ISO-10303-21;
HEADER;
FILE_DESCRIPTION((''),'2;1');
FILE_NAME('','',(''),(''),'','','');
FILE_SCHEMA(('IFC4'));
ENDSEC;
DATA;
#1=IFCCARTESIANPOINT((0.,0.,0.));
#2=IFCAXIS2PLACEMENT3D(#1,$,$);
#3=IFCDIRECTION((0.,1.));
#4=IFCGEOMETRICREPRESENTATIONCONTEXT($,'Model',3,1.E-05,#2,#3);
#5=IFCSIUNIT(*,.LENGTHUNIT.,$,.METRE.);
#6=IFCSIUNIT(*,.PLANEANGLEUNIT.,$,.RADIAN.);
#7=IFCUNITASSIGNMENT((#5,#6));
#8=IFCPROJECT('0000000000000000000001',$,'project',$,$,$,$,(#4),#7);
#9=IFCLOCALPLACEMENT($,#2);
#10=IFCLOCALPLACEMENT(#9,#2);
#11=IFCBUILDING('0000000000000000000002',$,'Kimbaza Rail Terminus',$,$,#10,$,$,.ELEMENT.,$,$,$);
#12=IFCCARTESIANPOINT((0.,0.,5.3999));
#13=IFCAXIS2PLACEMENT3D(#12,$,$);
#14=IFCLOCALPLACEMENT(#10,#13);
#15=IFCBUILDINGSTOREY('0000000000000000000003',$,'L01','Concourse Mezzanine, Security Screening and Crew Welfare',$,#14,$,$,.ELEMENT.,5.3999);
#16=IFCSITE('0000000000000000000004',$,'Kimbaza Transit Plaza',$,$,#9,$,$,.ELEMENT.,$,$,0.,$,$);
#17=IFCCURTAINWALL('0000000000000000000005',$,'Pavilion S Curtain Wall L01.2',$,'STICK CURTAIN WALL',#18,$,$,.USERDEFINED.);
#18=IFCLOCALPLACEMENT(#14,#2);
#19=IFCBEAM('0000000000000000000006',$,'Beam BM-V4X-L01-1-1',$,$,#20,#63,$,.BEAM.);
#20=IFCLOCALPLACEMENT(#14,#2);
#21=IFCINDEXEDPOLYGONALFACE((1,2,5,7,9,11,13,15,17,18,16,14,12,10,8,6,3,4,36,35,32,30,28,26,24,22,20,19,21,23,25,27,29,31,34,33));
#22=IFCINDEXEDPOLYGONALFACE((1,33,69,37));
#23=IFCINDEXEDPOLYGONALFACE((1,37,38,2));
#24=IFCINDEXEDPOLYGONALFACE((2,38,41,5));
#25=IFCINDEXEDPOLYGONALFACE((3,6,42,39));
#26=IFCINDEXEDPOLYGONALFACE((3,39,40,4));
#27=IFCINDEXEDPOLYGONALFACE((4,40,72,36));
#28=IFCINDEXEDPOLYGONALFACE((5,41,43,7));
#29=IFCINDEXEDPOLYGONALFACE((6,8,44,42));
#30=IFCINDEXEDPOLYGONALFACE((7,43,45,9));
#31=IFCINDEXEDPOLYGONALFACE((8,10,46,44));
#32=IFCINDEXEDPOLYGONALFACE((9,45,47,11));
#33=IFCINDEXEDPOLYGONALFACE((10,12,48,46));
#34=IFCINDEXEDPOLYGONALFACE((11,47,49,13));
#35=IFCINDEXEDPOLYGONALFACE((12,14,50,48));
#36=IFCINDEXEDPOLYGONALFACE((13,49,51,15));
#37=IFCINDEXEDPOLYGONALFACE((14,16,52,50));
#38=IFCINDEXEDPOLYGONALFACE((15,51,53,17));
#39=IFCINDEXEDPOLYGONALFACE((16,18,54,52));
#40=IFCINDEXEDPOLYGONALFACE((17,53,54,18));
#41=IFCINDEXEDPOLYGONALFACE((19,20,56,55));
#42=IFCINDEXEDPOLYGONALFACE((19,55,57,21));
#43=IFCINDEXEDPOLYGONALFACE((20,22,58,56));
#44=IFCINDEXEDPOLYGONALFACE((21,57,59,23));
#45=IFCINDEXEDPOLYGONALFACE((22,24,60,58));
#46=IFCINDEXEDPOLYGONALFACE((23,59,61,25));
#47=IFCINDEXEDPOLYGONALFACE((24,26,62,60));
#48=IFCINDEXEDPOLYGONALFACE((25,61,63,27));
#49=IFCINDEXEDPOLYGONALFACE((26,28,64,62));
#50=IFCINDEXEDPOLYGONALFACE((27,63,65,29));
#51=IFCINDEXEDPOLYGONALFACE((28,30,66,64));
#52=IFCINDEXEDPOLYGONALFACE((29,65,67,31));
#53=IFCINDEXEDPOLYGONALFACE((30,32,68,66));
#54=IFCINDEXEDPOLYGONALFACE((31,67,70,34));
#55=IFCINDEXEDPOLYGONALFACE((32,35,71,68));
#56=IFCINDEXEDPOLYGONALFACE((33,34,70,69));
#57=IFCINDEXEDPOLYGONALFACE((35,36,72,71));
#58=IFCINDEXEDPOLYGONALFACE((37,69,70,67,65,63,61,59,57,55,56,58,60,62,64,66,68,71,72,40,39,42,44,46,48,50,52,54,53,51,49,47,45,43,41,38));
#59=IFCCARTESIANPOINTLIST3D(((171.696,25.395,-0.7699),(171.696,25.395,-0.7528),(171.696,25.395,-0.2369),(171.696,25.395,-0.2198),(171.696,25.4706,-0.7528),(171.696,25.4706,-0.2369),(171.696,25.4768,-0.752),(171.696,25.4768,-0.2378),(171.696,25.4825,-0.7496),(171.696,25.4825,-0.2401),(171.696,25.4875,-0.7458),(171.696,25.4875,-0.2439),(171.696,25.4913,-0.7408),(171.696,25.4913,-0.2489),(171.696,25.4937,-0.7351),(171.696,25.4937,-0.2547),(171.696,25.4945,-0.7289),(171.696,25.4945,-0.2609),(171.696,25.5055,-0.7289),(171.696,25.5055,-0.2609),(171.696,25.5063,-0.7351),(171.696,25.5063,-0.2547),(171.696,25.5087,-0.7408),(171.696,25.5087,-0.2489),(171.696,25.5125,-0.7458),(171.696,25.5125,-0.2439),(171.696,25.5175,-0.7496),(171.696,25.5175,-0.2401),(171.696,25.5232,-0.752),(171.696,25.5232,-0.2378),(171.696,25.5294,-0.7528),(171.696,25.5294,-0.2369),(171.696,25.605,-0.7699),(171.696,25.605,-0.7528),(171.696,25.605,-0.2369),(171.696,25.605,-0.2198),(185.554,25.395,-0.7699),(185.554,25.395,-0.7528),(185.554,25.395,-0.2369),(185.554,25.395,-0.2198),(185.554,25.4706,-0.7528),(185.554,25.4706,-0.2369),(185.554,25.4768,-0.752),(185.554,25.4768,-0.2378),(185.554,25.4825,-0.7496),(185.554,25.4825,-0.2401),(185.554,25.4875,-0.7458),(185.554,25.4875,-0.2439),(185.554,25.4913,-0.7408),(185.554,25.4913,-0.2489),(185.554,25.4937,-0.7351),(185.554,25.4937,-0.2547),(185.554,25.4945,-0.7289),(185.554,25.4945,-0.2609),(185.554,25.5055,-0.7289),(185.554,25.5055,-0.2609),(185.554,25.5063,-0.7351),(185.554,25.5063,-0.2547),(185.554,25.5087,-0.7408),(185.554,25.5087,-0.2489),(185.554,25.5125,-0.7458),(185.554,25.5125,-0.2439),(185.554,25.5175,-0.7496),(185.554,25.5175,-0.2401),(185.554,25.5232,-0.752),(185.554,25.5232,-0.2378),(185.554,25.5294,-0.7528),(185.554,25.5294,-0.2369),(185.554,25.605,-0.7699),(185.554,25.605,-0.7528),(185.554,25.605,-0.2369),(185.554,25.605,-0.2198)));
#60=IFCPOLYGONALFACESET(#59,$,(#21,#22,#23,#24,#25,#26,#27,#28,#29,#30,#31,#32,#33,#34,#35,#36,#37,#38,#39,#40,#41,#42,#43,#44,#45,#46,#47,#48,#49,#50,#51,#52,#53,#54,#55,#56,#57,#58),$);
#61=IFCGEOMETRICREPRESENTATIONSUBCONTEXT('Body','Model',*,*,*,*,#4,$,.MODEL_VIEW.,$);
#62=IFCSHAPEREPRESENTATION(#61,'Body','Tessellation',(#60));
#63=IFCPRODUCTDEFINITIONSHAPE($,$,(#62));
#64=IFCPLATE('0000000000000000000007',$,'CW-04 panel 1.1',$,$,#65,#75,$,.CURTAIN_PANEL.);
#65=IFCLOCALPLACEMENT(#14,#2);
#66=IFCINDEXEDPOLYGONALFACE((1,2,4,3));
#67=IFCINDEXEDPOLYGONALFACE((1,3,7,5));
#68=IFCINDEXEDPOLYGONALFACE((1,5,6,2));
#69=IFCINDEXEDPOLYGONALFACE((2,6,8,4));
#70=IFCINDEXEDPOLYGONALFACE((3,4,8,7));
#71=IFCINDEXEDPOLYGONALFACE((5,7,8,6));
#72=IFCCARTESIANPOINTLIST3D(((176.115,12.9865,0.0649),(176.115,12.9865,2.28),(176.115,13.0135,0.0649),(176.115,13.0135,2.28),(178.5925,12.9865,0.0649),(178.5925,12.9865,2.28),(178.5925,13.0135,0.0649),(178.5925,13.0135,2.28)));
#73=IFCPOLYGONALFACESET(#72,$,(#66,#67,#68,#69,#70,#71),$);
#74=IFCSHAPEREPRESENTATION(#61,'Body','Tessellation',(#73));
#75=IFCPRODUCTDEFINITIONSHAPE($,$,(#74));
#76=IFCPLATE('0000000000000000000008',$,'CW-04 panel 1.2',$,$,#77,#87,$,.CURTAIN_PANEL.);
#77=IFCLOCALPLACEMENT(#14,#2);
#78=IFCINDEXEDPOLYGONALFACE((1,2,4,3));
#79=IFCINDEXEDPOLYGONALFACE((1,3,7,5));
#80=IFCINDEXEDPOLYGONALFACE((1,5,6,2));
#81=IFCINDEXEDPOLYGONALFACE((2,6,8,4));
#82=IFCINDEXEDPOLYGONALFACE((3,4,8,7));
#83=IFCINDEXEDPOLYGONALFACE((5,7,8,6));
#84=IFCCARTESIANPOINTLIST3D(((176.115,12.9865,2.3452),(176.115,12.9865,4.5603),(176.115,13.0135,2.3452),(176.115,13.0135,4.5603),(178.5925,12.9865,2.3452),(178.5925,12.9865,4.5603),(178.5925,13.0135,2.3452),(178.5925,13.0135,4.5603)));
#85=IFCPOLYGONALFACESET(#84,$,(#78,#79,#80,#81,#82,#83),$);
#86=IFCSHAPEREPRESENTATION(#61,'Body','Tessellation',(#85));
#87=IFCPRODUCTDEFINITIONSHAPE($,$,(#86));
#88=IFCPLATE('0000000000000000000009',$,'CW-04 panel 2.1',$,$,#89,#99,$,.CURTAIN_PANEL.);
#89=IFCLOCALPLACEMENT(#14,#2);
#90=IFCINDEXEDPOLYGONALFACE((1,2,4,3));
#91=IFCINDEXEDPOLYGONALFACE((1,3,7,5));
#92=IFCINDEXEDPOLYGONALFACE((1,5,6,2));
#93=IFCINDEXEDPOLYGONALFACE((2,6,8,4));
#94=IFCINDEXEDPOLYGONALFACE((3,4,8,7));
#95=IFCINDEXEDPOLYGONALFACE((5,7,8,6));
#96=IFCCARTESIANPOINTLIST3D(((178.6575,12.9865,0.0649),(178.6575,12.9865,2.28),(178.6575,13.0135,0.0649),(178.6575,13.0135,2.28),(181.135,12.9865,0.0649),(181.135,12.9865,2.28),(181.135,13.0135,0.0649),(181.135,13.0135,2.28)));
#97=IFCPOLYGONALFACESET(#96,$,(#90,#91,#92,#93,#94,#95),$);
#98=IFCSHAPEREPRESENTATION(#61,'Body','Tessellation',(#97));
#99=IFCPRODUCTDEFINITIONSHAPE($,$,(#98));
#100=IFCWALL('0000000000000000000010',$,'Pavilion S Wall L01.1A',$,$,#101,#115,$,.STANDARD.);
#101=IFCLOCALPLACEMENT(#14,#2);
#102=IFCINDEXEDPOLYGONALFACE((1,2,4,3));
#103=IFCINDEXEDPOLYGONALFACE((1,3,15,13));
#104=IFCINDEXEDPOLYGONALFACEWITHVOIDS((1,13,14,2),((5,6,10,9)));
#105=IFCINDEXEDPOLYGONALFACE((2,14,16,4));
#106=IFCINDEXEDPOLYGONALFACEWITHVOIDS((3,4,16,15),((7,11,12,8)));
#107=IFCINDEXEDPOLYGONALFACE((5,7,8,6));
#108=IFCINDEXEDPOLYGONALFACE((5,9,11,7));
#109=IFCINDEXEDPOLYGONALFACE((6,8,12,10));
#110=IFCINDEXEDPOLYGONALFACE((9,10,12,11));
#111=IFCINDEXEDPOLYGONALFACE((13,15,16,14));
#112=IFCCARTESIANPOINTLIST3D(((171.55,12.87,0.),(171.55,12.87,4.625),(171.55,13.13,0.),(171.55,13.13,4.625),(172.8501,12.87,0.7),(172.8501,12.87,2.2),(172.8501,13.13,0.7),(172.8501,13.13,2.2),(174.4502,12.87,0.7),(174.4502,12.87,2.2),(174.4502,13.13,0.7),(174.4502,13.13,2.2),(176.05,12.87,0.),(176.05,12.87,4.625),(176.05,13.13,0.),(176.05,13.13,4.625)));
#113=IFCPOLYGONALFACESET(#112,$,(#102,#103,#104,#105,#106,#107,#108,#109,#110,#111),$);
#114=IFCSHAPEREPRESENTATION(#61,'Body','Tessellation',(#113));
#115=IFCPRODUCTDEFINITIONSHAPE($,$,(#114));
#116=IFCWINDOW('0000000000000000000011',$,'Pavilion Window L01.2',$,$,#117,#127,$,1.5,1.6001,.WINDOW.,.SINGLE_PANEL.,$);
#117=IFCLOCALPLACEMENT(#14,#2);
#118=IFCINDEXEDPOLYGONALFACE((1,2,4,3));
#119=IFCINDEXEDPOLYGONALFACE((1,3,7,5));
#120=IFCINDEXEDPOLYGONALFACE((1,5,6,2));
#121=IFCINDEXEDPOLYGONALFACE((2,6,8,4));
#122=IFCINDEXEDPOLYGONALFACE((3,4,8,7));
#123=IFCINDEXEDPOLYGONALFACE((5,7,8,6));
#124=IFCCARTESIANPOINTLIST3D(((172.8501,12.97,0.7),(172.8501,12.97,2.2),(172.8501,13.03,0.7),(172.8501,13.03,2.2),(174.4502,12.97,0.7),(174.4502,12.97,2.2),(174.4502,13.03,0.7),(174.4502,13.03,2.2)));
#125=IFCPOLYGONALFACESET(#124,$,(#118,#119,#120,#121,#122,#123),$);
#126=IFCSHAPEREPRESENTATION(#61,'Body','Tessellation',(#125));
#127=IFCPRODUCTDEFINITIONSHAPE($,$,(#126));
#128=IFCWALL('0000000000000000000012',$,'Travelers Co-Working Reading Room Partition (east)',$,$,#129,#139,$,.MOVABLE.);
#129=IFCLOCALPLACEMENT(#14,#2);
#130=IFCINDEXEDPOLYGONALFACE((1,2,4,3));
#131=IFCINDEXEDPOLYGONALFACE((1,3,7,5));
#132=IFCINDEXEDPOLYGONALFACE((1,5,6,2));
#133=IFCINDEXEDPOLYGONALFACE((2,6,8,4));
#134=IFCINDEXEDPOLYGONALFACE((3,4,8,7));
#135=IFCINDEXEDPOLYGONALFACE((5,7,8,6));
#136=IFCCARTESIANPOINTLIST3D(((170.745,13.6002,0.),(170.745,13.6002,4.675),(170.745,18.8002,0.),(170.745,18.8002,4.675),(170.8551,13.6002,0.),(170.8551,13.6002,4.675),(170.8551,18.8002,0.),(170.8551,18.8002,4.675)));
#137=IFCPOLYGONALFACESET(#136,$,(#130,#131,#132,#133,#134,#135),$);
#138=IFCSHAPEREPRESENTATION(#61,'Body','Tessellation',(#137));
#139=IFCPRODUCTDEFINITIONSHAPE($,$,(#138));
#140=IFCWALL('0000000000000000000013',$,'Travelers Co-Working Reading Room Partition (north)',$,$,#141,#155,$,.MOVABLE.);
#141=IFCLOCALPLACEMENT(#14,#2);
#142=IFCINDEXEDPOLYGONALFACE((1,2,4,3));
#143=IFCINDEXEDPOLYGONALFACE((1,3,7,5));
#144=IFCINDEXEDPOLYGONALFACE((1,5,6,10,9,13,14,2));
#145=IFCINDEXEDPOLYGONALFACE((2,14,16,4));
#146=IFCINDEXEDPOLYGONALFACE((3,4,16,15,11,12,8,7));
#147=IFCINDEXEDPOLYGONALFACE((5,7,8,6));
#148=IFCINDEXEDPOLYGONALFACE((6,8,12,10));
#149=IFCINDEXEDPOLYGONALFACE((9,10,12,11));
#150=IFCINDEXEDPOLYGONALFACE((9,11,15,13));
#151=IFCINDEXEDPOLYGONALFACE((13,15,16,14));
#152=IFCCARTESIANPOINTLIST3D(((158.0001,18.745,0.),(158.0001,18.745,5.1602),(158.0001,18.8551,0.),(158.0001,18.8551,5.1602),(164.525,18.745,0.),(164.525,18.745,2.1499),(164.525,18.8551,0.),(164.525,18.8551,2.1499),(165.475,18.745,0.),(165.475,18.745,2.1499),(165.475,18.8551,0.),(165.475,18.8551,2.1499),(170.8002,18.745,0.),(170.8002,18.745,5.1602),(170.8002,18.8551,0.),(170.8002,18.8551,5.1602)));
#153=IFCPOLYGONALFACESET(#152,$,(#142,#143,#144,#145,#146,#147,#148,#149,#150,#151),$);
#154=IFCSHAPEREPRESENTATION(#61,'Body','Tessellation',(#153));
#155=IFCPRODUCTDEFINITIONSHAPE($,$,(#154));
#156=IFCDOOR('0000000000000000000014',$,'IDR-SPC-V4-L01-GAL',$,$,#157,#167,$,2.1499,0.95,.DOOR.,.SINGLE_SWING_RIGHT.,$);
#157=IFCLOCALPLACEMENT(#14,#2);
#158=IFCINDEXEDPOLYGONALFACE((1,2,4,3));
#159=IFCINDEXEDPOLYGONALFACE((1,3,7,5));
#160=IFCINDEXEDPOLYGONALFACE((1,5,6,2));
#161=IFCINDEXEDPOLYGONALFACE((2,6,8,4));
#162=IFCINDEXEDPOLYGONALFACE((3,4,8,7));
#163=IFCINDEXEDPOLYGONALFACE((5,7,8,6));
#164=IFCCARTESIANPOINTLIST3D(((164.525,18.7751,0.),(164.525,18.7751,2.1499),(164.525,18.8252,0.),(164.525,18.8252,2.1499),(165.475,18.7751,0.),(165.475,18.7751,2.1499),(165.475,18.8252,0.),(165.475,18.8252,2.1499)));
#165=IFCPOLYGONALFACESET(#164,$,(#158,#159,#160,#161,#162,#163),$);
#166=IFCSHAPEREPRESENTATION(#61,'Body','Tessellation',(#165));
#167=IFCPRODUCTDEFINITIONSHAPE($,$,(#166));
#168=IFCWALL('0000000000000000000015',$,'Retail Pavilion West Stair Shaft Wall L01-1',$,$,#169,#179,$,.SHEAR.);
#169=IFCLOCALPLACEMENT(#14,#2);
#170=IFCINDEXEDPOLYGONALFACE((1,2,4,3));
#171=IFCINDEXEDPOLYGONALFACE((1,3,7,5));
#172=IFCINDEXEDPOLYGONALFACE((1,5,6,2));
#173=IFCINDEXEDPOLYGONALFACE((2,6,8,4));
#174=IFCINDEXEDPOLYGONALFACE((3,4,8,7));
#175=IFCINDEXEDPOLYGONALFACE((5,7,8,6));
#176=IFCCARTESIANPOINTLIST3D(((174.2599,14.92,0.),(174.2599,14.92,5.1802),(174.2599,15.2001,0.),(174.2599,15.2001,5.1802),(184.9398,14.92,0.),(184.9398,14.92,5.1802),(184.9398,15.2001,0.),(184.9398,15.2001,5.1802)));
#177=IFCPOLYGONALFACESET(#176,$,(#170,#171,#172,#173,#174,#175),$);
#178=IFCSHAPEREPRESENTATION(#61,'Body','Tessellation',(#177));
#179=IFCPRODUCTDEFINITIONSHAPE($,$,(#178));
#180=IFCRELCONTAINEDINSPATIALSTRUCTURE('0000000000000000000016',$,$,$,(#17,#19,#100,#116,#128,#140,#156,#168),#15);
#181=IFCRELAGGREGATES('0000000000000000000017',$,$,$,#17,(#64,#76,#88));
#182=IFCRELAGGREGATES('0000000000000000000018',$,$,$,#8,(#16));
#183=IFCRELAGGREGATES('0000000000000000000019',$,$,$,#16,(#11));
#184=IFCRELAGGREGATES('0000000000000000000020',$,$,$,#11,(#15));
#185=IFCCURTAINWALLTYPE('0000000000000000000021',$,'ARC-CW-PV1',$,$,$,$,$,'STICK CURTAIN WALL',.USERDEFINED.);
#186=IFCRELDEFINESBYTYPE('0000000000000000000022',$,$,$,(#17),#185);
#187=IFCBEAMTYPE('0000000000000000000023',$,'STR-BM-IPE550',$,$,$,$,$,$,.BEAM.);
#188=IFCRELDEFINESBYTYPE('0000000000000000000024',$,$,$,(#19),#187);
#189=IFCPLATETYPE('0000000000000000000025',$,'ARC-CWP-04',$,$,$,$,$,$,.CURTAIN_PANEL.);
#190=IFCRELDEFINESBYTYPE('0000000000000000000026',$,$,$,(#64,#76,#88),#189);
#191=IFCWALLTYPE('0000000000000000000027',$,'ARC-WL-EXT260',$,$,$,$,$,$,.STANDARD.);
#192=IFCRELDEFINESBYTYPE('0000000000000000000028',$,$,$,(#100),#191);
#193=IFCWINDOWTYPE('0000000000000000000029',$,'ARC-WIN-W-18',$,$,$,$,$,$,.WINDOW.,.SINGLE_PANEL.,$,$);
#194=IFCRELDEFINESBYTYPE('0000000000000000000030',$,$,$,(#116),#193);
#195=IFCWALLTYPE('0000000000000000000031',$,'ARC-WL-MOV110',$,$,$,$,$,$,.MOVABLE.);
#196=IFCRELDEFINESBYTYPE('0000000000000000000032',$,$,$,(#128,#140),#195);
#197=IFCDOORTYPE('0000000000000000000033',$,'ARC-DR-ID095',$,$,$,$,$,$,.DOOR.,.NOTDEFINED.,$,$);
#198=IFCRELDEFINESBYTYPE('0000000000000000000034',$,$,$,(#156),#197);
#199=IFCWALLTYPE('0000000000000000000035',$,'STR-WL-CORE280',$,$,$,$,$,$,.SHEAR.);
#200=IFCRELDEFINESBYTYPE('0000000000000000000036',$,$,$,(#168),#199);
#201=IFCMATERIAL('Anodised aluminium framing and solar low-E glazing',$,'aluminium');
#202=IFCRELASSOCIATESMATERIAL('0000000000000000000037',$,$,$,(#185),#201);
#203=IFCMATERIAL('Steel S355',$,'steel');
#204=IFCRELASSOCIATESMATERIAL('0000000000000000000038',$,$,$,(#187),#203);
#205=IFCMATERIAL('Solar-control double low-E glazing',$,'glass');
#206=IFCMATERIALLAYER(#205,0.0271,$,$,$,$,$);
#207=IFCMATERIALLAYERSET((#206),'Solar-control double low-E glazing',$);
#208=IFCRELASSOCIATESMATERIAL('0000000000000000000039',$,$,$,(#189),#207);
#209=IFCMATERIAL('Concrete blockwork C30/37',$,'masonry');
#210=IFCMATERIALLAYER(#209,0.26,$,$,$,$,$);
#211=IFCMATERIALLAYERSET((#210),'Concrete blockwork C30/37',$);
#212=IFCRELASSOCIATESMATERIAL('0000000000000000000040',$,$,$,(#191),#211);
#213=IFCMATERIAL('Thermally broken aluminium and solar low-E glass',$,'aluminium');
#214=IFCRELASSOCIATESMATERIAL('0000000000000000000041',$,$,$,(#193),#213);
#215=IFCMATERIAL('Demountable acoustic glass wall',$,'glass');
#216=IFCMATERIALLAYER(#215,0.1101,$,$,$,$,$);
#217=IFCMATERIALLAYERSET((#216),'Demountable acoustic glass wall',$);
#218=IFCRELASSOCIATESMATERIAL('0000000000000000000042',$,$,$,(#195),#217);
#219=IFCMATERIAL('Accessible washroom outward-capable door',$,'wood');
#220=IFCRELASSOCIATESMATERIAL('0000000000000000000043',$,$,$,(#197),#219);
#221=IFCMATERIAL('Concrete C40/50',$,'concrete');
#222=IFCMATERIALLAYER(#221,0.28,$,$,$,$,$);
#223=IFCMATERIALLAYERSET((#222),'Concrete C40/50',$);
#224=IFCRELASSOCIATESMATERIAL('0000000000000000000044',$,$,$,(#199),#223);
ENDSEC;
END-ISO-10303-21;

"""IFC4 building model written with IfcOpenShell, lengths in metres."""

from ifc_helpers import new_model, si_unit, direction, frame, frame_2d, origin, origin_2d, place, context, subcontext, project, spatial, rectangle, i_section, extrude, material, layer, layer_set, material_profile, profile_set, type_object, element, fill, aggregate, save


model = new_model("IFC4")

# Units and contexts
model_context = context("Model", 3, precision=1e-05, world=origin(), true_north=direction((0.0, 1.0)))
body_context = subcontext(model_context, "Body", "Model", "MODEL_VIEW")
ifc_project = project(units=[si_unit("LENGTHUNIT", "METRE"), si_unit("PLANEANGLEUNIT", "RADIAN")], contexts=[model_context])

# Site, building, storey
site_placement = place(None, origin())
site = spatial("IfcSite", under=ifc_project, at=site_placement, Name="Kimbaza Transit Plaza", CompositionType="ELEMENT", RefElevation=0.0)
building_placement = place(site_placement, origin())
building = spatial("IfcBuilding", under=site, at=building_placement, Name="Kimbaza Rail Terminus", CompositionType="ELEMENT")
storey_placement = place(building_placement, frame((0.0, 0.0, 5.3999)))
storey = spatial("IfcBuildingStorey", under=building, at=storey_placement, Name="L01", Description="Concourse Mezzanine, Security Screening and Crew Welfare", CompositionType="ELEMENT", Elevation=5.3999)

# Curtain wall
ifc_material_1 = material(Name="Anodised aluminium framing and solar low-E glazing", Category="aluminium")
curtain_wall_type = type_object("IfcCurtainWallType", Name="ARC-CW-PV1", ElementType="STICK CURTAIN WALL", PredefinedType="USERDEFINED", material=ifc_material_1)
curtain_wall_placement = place(storey_placement, origin())
curtain_wall = element("IfcCurtainWall", 1, at=curtain_wall_placement, inside=storey, type_object=curtain_wall_type, Name="Pavilion S Curtain Wall L01.2", ObjectType="STICK CURTAIN WALL", PredefinedType="USERDEFINED")

# Beam
ifc_material_2 = material(Name="Steel S355", Category="steel")
ifc_material_profile_1 = material_profile(ifc_material_2, i_section(OverallWidth=0.21, OverallDepth=0.55, WebThickness=0.011, FlangeThickness=0.0171, FilletRadius=0.0239, at=origin_2d()), Name="IPE 550")
ifc_profile_set_1 = profile_set([ifc_material_profile_1], Name="Steel S355")
beam_type_1 = type_object("IfcBeamType", Name="STR-BM-IPE550", PredefinedType="BEAM", material=ifc_profile_set_1)
for number, where, z_axis, x_axis, name in (
    (2, (171.696, 25.5, -0.4949), (1.0, 0.0, 0.0), (0.0, 1.0, 0.0), "Beam BM-V4X-L01-1-1"),
):
    element("IfcBeam", number, at=place(storey_placement, frame(where, z_axis=z_axis, x_axis=x_axis)), inside=storey, type_object=beam_type_1, Name=name, PredefinedType="BEAM", context=body_context, shape_type="SweptSolid", body=[
        extrude(i_section(OverallWidth=0.21, OverallDepth=0.55, WebThickness=0.011, FlangeThickness=0.0171, FilletRadius=0.0239, at=origin_2d()), origin(), (0.0, 0.0, 1.0), 13.8579),
    ])

# Plates
ifc_material_3 = material(Name="Solar-control double low-E glazing", Category="glass")
ifc_layer_1 = layer(ifc_material_3, 0.0271)
ifc_layer_set_1 = layer_set([ifc_layer_1], Name="Solar-control double low-E glazing")
plate_type = type_object("IfcPlateType", Name="ARC-CWP-04", PredefinedType="CURTAIN_PANEL", material=ifc_layer_set_1)
plate_1_placement = place(storey_placement, frame((177.3538, 13.0, 0.0649), z_axis=(0.0, 0.0, 1.0), x_axis=(1.0, 0.0, 0.0)))
plate_1 = element("IfcPlate", 3, at=plate_1_placement, type_object=plate_type, Name="CW-04 panel 1.1", PredefinedType="CURTAIN_PANEL", context=body_context, shape_type="SweptSolid", body=[
    extrude(rectangle(XDim=2.4775, YDim=0.0271, at=origin_2d()), origin(), (0.0, 0.0, 1.0), 2.2151),
])
plate_2_placement = place(storey_placement, frame((177.3538, 13.0, 2.3452), z_axis=(0.0, 0.0, 1.0), x_axis=(1.0, 0.0, 0.0)))
plate_2 = element("IfcPlate", 4, at=plate_2_placement, type_object=plate_type, Name="CW-04 panel 1.2", PredefinedType="CURTAIN_PANEL", context=body_context, shape_type="SweptSolid", body=[
    extrude(rectangle(XDim=2.4775, YDim=0.0271, at=origin_2d()), origin(), (0.0, 0.0, 1.0), 2.2151),
])
plate_3_placement = place(storey_placement, frame((179.8962, 13.0, 0.0649), z_axis=(0.0, 0.0, 1.0), x_axis=(1.0, 0.0, 0.0)))
plate_3 = element("IfcPlate", 5, at=plate_3_placement, type_object=plate_type, Name="CW-04 panel 2.1", PredefinedType="CURTAIN_PANEL", context=body_context, shape_type="SweptSolid", body=[
    extrude(rectangle(XDim=2.4775, YDim=0.0271, at=origin_2d()), origin(), (0.0, 0.0, 1.0), 2.2151),
])
aggregate(curtain_wall, [plate_1, plate_2, plate_3])

# Wall, opening, window
ifc_material_4 = material(Name="Concrete blockwork C30/37", Category="masonry")
ifc_layer_2 = layer(ifc_material_4, 0.26)
ifc_layer_set_2 = layer_set([ifc_layer_2], Name="Concrete blockwork C30/37")
wall_type_1 = type_object("IfcWallType", Name="ARC-WL-EXT260", PredefinedType="STANDARD", material=ifc_layer_set_2)
wall_1_placement = place(storey_placement, frame((171.55, 13.0, 0.0), z_axis=(0.0, 0.0, 1.0), x_axis=(1.0, 0.0, 0.0)))
wall_1 = element("IfcWall", 6, at=wall_1_placement, inside=storey, type_object=wall_type_1, Name="Pavilion S Wall L01.1A", PredefinedType="STANDARD", context=body_context, shape_type="SweptSolid", body=[
    extrude(rectangle(XDim=4.5, YDim=0.26, at=frame_2d((2.25, 0.0))), origin(), (0.0, 0.0, 1.0), 4.625),
])
opening_1_placement = place(wall_1_placement, frame((1.3, 0.0, 0.7)))
opening_1 = element("IfcOpeningElement", 7, at=opening_1_placement, cuts=wall_1, PredefinedType="OPENING", context=body_context, shape_type="SweptSolid", body=[
    extrude(rectangle(XDim=1.6001, YDim=1.5, at=frame_2d((0.8, 0.75))), frame((0.0, 0.1399, 0.0), z_axis=(0.0, -1.0, 0.0), x_axis=(1.0, 0.0, 0.0)), (0.0, 0.0, 1.0), 0.28),
])
ifc_material_5 = material(Name="Thermally broken aluminium and solar low-E glass", Category="aluminium")
window_type = type_object("IfcWindowType", Name="ARC-WIN-W-18", PartitioningType="SINGLE_PANEL", PredefinedType="WINDOW", material=ifc_material_5)
window_placement = place(opening_1_placement, origin())
window = element("IfcWindow", 8, at=window_placement, inside=storey, type_object=window_type, Name="Pavilion Window L01.2", OverallHeight=1.5, OverallWidth=1.6001, PartitioningType="SINGLE_PANEL", PredefinedType="WINDOW", context=body_context, shape_type="SweptSolid", body=[
    extrude(rectangle(XDim=1.6001, YDim=1.5, at=frame_2d((0.8, 0.75))), frame((0.0, 0.03, 0.0), z_axis=(0.0, -1.0, 0.0), x_axis=(1.0, 0.0, 0.0)), (0.0, 0.0, 1.0), 0.0601),
])
fill(opening_1, window)

# Wall
ifc_material_6 = material(Name="Demountable acoustic glass wall", Category="glass")
ifc_layer_3 = layer(ifc_material_6, 0.1101)
ifc_layer_set_3 = layer_set([ifc_layer_3], Name="Demountable acoustic glass wall")
wall_type_2 = type_object("IfcWallType", Name="ARC-WL-MOV110", PredefinedType="MOVABLE", material=ifc_layer_set_3)
wall_2_placement = place(storey_placement, frame((170.8, 13.6001, 0.0), z_axis=(0.0, 0.0, 1.0), x_axis=(0.0, 1.0, 0.0)))
element("IfcWall", 9, at=wall_2_placement, inside=storey, type_object=wall_type_2, Name="Travelers Co-Working Reading Room Partition (east)", PredefinedType="MOVABLE", context=body_context, shape_type="SweptSolid", body=[
    extrude(rectangle(XDim=5.2, YDim=0.1101, at=frame_2d((2.6001, 0.0))), origin(), (0.0, 0.0, 1.0), 4.675),
])

# Wall, opening, door
wall_3_placement = place(storey_placement, frame((170.8, 18.8, 0.0), z_axis=(0.0, 0.0, 1.0), x_axis=(-1.0, 0.0, 0.0)))
wall_3 = element("IfcWall", 10, at=wall_3_placement, inside=storey, type_object=wall_type_2, Name="Travelers Co-Working Reading Room Partition (north)", PredefinedType="MOVABLE", context=body_context, shape_type="SweptSolid", body=[
    extrude(rectangle(XDim=12.8, YDim=0.1101, at=frame_2d((6.3999, 0.0))), origin(), (0.0, 0.0, 1.0), 5.1602),
])
opening_2_placement = place(wall_3_placement, frame((5.325, 0.0, 0.0)))
opening_2 = element("IfcOpeningElement", 11, at=opening_2_placement, cuts=wall_3, PredefinedType="OPENING", context=body_context, shape_type="SweptSolid", body=[
    extrude(rectangle(XDim=0.95, YDim=2.1499, at=frame_2d((0.4751, 1.075))), frame((0.0, 0.0649, 0.0), z_axis=(0.0, -1.0, 0.0), x_axis=(1.0, 0.0, 0.0)), (0.0, 0.0, 1.0), 0.1301),
])
ifc_material_7 = material(Name="Accessible washroom outward-capable door", Category="wood")
door_type_1 = type_object("IfcDoorType", Name="ARC-DR-ID095", OperationType="NOTDEFINED", PredefinedType="DOOR", material=ifc_material_7)
door_1_placement = place(opening_2_placement, origin())
door_1 = element("IfcDoor", 12, at=door_1_placement, inside=storey, type_object=door_type_1, Name="IDR-SPC-V4-L01-GAL", OperationType="SINGLE_SWING_RIGHT", OverallHeight=2.1499, OverallWidth=0.95, PredefinedType="DOOR", context=body_context, shape_type="SweptSolid", body=[
    extrude(rectangle(XDim=0.95, YDim=2.1499, at=frame_2d((0.4751, 1.075))), frame((0.0, 0.0249, 0.0), z_axis=(0.0, -1.0, 0.0), x_axis=(1.0, 0.0, 0.0)), (0.0, 0.0, 1.0), 0.05),
])
fill(opening_2, door_1)

# Wall
ifc_material_8 = material(Name="Concrete C40/50", Category="concrete")
ifc_layer_4 = layer(ifc_material_8, 0.28)
ifc_layer_set_4 = layer_set([ifc_layer_4], Name="Concrete C40/50")
wall_type_3 = type_object("IfcWallType", Name="STR-WL-CORE280", PredefinedType="SHEAR", material=ifc_layer_set_4)
wall_4_placement = place(storey_placement, frame((174.26, 15.0601, 0.0), z_axis=(0.0, 0.0, 1.0), x_axis=(1.0, 0.0, 0.0)))
element("IfcWall", 13, at=wall_4_placement, inside=storey, type_object=wall_type_3, Name="Retail Pavilion West Stair Shaft Wall L01-1", PredefinedType="SHEAR", context=body_context, shape_type="SweptSolid", body=[
    extrude(rectangle(XDim=10.6799, YDim=0.28, at=frame_2d((5.3398, 0.0))), origin(), (0.0, 0.0, 1.0), 5.1802),
])

save(model, "model.ifc")
